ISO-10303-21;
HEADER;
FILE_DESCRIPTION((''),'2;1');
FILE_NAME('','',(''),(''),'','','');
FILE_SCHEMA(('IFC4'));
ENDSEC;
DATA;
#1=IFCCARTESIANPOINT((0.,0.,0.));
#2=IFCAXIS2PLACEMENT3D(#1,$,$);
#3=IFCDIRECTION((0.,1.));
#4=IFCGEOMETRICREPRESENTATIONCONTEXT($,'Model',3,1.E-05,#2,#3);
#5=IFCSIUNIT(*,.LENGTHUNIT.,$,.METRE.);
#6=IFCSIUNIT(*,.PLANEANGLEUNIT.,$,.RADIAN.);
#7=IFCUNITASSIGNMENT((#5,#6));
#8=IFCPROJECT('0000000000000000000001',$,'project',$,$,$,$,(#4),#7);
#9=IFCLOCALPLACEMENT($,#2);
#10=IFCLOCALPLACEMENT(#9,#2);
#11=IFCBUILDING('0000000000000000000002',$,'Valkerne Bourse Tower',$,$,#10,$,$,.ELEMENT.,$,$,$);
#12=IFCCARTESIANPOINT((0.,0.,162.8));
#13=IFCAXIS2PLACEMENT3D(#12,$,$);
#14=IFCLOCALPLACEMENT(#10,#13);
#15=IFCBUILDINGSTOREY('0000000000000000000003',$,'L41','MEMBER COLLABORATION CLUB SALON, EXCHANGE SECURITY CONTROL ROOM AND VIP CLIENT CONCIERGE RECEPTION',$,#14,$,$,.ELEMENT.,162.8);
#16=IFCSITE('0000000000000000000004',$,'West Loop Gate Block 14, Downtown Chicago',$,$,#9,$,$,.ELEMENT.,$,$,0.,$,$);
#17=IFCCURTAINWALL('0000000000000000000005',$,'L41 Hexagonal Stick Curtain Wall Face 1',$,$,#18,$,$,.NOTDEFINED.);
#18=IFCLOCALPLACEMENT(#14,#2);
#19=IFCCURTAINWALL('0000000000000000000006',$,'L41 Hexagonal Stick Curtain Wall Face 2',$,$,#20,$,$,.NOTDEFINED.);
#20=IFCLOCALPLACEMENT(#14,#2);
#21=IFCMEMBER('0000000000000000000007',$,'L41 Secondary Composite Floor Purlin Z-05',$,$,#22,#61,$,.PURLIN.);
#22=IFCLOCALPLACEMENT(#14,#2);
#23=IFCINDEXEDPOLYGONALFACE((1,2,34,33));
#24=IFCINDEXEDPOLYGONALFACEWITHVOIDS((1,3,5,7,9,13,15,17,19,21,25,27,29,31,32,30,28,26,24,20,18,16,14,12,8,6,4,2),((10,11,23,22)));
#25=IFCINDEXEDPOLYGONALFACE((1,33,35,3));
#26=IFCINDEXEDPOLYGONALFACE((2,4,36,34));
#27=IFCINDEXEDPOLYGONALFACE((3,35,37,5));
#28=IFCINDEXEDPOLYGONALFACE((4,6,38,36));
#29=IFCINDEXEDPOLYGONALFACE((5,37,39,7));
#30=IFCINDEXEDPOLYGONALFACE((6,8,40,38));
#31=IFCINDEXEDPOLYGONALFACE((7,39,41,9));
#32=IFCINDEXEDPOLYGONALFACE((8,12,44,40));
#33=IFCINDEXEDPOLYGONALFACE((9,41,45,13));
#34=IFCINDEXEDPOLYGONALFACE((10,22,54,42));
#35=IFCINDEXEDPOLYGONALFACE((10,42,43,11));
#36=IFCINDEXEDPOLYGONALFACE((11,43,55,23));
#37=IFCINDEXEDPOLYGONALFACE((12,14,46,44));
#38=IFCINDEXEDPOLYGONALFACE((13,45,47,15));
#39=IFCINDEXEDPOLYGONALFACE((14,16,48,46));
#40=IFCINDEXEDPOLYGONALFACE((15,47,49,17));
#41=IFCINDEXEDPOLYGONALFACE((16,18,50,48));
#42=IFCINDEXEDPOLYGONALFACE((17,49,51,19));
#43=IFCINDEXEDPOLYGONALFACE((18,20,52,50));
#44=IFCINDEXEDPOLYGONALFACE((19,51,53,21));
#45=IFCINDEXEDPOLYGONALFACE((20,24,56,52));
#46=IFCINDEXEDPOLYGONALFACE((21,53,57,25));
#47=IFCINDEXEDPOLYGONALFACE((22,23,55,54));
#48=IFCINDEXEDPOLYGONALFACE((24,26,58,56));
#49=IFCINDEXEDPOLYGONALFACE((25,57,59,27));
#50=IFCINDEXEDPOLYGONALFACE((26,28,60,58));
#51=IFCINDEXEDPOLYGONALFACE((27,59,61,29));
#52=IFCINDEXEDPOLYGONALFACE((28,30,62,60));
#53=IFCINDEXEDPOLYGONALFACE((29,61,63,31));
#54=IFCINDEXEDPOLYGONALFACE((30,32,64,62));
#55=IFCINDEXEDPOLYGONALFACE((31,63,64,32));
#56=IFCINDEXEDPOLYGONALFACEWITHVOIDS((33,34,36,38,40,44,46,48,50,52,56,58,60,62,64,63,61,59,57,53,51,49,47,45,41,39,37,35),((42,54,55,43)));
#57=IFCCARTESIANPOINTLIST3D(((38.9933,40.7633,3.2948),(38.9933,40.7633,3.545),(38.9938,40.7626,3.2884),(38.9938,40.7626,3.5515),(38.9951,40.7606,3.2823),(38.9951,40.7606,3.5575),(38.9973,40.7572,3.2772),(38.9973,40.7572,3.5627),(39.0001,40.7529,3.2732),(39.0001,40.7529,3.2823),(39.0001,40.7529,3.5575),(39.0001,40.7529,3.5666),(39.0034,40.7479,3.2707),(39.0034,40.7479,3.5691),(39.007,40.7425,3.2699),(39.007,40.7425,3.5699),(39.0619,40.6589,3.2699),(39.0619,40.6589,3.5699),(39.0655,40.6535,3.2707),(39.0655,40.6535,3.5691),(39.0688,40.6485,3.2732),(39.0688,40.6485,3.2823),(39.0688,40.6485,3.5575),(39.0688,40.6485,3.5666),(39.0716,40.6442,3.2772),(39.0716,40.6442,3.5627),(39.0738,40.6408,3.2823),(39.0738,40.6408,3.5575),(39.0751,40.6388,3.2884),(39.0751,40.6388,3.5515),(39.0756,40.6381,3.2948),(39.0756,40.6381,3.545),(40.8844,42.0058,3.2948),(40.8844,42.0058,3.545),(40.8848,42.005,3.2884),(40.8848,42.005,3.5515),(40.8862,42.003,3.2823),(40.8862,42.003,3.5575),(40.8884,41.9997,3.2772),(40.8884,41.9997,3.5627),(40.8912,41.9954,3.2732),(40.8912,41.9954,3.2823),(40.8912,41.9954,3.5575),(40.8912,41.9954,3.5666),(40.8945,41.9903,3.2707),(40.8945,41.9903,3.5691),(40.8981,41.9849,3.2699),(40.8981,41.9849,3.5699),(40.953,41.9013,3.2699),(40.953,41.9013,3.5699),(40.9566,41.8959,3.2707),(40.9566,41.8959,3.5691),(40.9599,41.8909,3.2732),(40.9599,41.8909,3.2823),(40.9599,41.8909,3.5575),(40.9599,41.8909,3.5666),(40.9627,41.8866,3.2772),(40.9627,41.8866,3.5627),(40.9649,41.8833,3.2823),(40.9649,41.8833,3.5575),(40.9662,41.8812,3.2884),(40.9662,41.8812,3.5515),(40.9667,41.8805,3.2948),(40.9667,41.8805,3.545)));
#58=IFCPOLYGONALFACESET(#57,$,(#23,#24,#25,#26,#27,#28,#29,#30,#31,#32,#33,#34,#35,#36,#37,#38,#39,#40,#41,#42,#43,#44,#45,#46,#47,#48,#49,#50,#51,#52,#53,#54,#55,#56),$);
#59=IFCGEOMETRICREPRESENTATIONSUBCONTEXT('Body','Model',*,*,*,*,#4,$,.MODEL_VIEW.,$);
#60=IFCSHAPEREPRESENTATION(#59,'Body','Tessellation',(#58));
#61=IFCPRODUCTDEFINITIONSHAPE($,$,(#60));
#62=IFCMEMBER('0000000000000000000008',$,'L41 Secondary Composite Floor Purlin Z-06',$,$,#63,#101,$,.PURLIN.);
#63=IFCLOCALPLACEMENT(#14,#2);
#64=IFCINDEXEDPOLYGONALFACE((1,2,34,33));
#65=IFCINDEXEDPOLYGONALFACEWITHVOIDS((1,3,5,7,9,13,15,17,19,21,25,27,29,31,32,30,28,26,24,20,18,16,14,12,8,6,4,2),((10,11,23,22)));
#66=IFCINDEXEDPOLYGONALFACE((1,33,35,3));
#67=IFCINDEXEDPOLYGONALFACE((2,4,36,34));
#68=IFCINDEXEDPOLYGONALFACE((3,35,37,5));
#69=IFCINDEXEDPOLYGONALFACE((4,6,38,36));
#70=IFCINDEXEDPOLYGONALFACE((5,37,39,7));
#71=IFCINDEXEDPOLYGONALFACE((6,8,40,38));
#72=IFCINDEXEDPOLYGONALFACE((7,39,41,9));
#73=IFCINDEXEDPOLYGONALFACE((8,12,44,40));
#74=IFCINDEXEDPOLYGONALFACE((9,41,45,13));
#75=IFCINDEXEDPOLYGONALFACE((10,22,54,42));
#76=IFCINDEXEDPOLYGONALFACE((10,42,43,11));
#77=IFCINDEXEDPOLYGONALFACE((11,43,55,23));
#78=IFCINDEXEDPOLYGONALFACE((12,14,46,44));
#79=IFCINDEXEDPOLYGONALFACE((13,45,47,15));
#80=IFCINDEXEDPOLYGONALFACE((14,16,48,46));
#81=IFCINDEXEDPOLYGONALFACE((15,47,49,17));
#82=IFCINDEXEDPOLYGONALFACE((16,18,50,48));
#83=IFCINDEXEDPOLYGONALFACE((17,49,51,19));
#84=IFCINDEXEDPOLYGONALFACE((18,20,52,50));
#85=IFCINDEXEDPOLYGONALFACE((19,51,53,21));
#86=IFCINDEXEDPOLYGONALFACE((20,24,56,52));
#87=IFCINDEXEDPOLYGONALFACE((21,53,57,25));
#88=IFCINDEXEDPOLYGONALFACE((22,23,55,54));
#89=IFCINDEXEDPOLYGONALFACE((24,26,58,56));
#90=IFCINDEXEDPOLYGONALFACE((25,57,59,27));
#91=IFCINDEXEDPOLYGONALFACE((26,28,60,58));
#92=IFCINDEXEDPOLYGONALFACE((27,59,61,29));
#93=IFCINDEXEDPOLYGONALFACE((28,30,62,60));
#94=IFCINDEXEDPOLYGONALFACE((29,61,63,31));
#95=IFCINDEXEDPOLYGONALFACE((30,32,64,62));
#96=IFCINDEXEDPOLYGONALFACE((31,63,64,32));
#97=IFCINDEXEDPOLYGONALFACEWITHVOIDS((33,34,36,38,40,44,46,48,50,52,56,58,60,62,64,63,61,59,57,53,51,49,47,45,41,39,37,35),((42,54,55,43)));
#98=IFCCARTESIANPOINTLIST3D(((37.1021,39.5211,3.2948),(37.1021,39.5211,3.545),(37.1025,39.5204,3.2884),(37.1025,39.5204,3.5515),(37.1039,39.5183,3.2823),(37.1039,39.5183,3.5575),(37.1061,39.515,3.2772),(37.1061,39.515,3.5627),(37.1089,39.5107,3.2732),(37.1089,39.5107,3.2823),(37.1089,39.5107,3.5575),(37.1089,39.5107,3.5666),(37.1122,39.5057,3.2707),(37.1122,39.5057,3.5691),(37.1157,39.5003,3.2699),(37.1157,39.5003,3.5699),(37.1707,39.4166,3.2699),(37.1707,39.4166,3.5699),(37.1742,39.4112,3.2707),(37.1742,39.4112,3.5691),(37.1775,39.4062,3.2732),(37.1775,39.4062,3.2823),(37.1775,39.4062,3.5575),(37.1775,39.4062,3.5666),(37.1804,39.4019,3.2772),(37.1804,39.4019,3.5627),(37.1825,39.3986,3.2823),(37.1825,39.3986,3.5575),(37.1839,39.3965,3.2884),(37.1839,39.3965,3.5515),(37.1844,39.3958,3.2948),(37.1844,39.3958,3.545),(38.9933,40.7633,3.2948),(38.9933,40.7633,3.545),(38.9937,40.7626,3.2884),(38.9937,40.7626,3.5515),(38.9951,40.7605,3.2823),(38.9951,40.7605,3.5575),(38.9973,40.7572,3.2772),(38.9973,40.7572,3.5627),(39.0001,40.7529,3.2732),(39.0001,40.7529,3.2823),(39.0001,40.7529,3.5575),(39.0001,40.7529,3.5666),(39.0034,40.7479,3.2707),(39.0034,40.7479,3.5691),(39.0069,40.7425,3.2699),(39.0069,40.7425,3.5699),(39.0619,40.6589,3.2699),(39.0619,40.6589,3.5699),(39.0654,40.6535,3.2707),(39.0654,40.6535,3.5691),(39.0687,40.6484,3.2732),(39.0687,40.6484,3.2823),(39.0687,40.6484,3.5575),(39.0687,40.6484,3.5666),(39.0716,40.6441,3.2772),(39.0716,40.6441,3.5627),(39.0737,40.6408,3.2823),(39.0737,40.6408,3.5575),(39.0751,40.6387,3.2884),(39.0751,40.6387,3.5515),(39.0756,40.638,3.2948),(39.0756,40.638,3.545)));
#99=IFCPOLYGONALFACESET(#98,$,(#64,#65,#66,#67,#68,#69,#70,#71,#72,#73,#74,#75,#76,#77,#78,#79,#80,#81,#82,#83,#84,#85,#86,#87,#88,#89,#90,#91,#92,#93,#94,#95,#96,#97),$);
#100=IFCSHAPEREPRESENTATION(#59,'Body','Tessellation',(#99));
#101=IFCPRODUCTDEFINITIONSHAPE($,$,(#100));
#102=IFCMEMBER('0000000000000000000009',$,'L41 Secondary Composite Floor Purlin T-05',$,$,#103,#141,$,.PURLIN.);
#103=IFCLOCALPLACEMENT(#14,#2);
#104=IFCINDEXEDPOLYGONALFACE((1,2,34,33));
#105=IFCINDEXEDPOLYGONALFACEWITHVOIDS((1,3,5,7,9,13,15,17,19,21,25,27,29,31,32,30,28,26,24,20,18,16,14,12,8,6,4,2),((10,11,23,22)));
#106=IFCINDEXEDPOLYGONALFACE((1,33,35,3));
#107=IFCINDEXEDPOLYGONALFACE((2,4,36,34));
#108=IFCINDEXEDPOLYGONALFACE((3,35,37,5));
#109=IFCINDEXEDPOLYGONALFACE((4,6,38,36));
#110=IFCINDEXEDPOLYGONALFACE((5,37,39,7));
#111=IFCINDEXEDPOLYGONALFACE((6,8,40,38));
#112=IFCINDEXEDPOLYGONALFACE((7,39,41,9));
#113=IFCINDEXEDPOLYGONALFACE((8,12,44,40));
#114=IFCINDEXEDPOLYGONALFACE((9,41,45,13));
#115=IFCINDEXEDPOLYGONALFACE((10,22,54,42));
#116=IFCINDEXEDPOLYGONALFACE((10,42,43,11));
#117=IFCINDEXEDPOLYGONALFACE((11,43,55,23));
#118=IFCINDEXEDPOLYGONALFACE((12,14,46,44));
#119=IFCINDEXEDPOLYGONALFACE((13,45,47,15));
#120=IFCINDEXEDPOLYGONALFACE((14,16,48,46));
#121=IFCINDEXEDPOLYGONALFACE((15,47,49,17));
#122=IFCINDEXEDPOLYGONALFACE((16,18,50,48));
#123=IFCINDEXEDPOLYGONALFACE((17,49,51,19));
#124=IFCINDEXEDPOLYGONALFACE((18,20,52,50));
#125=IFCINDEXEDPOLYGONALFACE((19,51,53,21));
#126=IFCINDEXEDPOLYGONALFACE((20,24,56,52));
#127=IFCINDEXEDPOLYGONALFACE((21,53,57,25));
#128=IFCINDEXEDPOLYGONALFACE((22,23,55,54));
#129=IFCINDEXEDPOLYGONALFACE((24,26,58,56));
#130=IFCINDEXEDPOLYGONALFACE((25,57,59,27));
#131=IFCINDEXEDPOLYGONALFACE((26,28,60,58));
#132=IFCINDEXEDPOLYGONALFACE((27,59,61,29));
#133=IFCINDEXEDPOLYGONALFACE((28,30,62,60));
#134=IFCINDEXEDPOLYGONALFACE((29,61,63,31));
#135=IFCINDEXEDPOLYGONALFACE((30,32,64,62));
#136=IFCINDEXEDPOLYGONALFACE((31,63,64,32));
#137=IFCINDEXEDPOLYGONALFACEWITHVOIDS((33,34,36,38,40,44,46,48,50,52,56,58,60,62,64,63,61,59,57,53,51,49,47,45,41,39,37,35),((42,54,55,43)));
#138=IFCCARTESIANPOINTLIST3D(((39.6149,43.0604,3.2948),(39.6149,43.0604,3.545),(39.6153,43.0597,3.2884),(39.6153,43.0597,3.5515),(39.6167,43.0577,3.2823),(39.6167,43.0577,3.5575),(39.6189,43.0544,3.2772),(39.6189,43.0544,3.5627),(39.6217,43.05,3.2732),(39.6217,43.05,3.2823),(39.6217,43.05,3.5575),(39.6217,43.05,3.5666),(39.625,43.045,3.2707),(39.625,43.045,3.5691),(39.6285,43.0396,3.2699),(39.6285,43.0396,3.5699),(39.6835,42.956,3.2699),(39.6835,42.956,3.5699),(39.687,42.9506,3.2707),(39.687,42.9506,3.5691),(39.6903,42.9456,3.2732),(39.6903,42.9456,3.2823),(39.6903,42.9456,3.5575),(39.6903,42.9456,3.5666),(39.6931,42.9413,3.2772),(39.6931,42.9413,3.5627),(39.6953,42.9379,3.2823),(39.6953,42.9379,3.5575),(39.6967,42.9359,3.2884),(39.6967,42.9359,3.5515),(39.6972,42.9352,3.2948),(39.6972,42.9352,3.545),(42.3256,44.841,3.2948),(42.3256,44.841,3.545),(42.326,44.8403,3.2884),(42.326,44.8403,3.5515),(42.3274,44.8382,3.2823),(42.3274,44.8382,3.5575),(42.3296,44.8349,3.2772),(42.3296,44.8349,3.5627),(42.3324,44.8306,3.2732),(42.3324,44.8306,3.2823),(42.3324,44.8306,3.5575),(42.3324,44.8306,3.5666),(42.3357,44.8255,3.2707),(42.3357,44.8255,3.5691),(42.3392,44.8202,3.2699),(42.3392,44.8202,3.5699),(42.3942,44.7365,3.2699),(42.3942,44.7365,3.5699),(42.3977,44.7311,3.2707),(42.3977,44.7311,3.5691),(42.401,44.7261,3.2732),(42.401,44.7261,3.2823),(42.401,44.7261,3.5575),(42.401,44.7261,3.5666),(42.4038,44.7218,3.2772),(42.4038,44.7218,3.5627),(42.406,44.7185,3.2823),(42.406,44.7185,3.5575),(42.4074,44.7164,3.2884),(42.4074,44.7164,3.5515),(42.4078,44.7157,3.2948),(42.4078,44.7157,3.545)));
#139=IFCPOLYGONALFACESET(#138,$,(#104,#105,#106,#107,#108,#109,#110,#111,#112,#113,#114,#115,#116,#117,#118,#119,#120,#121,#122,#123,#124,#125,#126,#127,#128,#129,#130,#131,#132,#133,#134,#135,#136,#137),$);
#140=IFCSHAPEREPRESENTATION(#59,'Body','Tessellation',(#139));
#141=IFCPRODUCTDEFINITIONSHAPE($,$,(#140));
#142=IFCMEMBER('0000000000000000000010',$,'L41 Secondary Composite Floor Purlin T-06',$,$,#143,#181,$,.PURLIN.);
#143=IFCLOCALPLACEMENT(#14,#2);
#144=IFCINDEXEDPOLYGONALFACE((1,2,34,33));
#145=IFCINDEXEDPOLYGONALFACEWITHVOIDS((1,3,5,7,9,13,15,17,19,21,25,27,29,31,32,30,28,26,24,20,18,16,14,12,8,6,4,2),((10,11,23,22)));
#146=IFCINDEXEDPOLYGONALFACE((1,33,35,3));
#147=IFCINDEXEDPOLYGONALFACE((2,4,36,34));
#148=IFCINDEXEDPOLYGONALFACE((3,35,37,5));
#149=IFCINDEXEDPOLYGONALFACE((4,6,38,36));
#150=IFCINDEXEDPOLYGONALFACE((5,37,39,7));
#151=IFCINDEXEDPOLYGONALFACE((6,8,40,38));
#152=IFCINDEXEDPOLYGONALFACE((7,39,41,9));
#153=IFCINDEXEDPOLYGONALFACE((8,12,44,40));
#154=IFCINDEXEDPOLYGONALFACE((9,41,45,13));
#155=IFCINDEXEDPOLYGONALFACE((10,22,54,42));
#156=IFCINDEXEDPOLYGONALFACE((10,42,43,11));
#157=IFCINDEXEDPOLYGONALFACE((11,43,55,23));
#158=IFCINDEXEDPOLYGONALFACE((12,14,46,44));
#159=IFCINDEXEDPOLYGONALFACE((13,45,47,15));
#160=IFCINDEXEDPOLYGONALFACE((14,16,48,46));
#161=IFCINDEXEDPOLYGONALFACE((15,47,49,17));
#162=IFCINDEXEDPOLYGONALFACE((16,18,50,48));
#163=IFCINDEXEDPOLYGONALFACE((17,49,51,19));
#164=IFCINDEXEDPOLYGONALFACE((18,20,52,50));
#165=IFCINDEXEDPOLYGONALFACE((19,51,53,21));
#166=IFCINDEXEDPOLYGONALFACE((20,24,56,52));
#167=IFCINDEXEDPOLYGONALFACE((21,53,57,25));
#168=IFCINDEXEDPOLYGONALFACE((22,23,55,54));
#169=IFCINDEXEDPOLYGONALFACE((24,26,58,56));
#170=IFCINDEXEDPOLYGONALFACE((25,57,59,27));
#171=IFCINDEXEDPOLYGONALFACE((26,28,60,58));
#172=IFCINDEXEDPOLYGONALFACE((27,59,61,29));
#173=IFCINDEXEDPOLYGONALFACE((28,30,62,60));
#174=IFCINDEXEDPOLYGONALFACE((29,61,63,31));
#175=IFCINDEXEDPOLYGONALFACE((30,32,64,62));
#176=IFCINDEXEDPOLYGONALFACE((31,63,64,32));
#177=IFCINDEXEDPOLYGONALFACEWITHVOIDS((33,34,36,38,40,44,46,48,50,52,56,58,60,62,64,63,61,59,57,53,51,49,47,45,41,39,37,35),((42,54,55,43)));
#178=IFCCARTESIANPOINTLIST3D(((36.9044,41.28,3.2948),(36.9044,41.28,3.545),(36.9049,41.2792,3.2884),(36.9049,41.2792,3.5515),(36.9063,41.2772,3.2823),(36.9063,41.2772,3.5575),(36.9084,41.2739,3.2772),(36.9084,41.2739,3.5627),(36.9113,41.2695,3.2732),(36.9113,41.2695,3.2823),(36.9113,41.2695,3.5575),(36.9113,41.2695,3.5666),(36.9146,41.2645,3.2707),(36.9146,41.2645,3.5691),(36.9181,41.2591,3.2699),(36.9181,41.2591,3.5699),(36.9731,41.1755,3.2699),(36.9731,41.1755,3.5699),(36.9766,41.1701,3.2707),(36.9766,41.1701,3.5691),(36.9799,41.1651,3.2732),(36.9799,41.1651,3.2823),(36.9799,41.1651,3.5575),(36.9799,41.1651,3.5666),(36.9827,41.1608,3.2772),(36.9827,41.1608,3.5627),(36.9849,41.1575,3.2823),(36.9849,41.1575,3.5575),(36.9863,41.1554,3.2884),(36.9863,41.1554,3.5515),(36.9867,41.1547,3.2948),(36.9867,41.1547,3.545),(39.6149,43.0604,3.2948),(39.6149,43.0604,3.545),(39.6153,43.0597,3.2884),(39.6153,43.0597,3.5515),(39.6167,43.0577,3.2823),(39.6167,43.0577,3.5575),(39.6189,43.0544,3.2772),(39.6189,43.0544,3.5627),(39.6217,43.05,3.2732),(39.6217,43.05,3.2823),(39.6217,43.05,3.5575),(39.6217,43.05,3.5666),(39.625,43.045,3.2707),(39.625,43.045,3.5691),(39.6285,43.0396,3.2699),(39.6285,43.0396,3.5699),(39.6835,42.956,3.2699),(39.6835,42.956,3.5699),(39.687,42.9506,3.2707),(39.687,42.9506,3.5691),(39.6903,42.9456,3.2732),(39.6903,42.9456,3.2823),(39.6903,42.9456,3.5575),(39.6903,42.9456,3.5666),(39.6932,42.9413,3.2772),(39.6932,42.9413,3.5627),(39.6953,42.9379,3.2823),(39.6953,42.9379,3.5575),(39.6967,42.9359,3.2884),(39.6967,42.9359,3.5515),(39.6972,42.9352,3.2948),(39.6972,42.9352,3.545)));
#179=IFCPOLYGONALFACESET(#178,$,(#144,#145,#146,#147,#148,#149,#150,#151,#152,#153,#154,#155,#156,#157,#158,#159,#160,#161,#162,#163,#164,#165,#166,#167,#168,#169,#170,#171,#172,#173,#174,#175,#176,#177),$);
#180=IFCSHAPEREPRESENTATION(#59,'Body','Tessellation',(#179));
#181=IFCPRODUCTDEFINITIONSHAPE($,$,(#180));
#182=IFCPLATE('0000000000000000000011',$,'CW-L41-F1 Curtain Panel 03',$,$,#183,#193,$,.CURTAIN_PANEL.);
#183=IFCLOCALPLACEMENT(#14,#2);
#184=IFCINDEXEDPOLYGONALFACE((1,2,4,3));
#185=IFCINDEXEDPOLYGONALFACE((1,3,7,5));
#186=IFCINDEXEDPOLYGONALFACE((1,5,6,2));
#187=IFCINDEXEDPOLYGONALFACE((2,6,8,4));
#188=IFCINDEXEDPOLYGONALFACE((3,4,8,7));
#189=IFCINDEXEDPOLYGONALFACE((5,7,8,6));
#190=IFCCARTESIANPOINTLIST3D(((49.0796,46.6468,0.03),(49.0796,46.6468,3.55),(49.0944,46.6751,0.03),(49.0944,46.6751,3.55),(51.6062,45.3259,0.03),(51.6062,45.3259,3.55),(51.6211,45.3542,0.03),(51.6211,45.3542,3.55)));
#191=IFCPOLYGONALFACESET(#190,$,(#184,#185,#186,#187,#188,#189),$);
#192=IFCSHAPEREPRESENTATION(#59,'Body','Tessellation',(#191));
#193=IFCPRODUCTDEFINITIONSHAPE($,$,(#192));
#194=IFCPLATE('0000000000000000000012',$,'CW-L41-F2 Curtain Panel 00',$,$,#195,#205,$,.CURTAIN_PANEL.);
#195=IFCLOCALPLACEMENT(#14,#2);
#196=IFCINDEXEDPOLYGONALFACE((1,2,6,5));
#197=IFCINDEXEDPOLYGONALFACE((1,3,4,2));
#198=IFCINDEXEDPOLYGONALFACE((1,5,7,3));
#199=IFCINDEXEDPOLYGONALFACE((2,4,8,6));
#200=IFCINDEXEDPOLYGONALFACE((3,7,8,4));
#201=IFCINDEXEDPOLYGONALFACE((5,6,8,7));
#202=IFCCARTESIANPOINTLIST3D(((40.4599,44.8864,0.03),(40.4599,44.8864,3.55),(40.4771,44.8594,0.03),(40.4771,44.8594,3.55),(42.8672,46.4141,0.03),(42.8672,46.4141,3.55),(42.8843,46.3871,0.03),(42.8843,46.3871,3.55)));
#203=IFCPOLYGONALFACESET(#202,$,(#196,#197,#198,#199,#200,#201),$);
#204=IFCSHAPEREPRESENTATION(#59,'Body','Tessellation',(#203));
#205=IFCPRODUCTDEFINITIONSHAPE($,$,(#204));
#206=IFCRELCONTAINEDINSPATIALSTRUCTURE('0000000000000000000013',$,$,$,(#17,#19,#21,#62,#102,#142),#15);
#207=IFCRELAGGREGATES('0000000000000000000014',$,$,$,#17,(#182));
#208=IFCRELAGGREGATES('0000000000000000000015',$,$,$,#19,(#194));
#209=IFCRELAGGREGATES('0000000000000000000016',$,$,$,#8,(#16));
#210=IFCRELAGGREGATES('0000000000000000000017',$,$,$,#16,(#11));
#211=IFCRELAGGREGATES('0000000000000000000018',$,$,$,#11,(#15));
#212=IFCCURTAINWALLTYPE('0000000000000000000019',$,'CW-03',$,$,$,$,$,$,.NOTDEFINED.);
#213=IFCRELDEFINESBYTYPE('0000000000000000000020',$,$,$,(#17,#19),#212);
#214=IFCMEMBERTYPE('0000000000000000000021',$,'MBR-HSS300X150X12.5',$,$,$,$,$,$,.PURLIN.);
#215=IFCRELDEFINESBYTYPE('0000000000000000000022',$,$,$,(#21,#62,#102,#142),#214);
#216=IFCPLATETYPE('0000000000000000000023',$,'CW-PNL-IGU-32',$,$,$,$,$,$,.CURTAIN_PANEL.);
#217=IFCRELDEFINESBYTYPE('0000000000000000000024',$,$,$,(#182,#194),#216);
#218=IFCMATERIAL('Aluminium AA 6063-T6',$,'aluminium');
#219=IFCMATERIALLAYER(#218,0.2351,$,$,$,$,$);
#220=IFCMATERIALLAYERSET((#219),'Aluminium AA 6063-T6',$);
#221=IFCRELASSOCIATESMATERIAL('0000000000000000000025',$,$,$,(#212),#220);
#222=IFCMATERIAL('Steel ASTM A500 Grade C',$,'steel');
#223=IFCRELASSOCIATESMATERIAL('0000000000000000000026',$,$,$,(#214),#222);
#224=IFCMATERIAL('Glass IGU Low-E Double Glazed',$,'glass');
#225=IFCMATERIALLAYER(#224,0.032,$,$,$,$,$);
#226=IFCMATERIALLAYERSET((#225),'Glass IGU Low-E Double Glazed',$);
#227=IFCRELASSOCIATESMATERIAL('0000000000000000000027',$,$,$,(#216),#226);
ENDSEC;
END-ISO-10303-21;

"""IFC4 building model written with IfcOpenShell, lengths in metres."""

from ifc_helpers import new_model, si_unit, direction, frame, origin, origin_2d, place, context, subcontext, project, spatial, rectangle, hollow_rectangle, extrude, material, layer, layer_set, material_profile, profile_set, type_object, element, aggregate, save


model = new_model("IFC4")

# Units and contexts
model_context = context("Model", 3, precision=1e-05, world=origin(), true_north=direction((0.0, 1.0)))
body_context = subcontext(model_context, "Body", "Model", "MODEL_VIEW")
ifc_project = project(units=[si_unit("LENGTHUNIT", "METRE"), si_unit("PLANEANGLEUNIT", "RADIAN")], contexts=[model_context])

# Site, building, storey
site_placement = place(None, origin())
site = spatial("IfcSite", under=ifc_project, at=site_placement, Name="West Loop Gate Block 14, Downtown Chicago", CompositionType="ELEMENT", RefElevation=0.0)
building_placement = place(site_placement, origin())
building = spatial("IfcBuilding", under=site, at=building_placement, Name="Valkerne Bourse Tower", CompositionType="ELEMENT")
storey_placement = place(building_placement, frame((0.0, 0.0, 162.8)))
storey = spatial("IfcBuildingStorey", under=building, at=storey_placement, Name="L41", Description="MEMBER COLLABORATION CLUB SALON, EXCHANGE SECURITY CONTROL ROOM AND VIP CLIENT CONCIERGE RECEPTION", CompositionType="ELEMENT", Elevation=162.8)

# Curtain wall
ifc_material_1 = material(Name="Aluminium AA 6063-T6", Category="aluminium")
ifc_layer_1 = layer(ifc_material_1, 0.2351)
ifc_layer_set_1 = layer_set([ifc_layer_1], Name="Aluminium AA 6063-T6")
curtain_wall_type = type_object("IfcCurtainWallType", Name="CW-03", PredefinedType="NOTDEFINED", material=ifc_layer_set_1)
curtain_wall_1_placement = place(storey_placement, origin())
curtain_wall_1 = element("IfcCurtainWall", 1, at=curtain_wall_1_placement, inside=storey, type_object=curtain_wall_type, Name="L41 Hexagonal Stick Curtain Wall Face 1", PredefinedType="NOTDEFINED")

# Curtain wall
curtain_wall_2_placement = place(storey_placement, origin())
curtain_wall_2 = element("IfcCurtainWall", 2, at=curtain_wall_2_placement, inside=storey, type_object=curtain_wall_type, Name="L41 Hexagonal Stick Curtain Wall Face 2", PredefinedType="NOTDEFINED")

# Members
ifc_material_2 = material(Name="Steel ASTM A500 Grade C", Category="steel")
ifc_material_profile_1 = material_profile(ifc_material_2, hollow_rectangle(XDim=0.1499, YDim=0.3, WallThickness=0.0125, OuterFilletRadius=0.0249, at=origin_2d()), Name="HSS300X150X12.5")
ifc_profile_set_1 = profile_set([ifc_material_profile_1], Name="Steel ASTM A500 Grade C")
member_type_1 = type_object("IfcMemberType", Name="MBR-HSS300X150X12.5", PredefinedType="PURLIN", material=ifc_profile_set_1)
for number, where, z_axis, x_axis, name in (
    (3, (40.9255, 41.9431, 3.4199), (-0.835766, -0.549085, 0.0), (0.549085, -0.835766, 0.0), "L41 Secondary Composite Floor Purlin Z-05"),
    (4, (39.0344, 40.7007, 3.4199), (-0.835816, -0.54901, 0.0), (0.54901, -0.835816, 0.0), "L41 Secondary Composite Floor Purlin Z-06"),
):
    element("IfcMember", number, at=place(storey_placement, frame(where, z_axis=z_axis, x_axis=x_axis)), inside=storey, type_object=member_type_1, Name=name, PredefinedType="PURLIN", context=body_context, shape_type="SweptSolid", body=[
        extrude(hollow_rectangle(XDim=0.1499, YDim=0.3, WallThickness=0.0125, OuterFilletRadius=0.0249, at=origin_2d()), origin(), (0.0, 0.0, 1.0), 2.2627),
    ])
member_1_placement = place(storey_placement, frame((42.3667, 44.7783, 3.4199), z_axis=(-0.835818, -0.549007, 0.0), x_axis=(0.549007, -0.835818, 0.0)))
element("IfcMember", 5, at=member_1_placement, inside=storey, type_object=member_type_1, Name="L41 Secondary Composite Floor Purlin T-05", PredefinedType="PURLIN", context=body_context, shape_type="SweptSolid", body=[
    extrude(hollow_rectangle(XDim=0.1499, YDim=0.3, WallThickness=0.0125, OuterFilletRadius=0.0249, at=origin_2d()), origin(), (0.0, 0.0, 1.0), 3.2432),
])
member_2_placement = place(storey_placement, frame((39.656, 42.9978, 3.4199), z_axis=(-0.835795, -0.549041, 0.0), x_axis=(0.549041, -0.835795, 0.0)))
element("IfcMember", 6, at=member_2_placement, inside=storey, type_object=member_type_1, Name="L41 Secondary Composite Floor Purlin T-06", PredefinedType="PURLIN", context=body_context, shape_type="SweptSolid", body=[
    extrude(hollow_rectangle(XDim=0.1499, YDim=0.3, WallThickness=0.0125, OuterFilletRadius=0.0249, at=origin_2d()), origin(), (0.0, 0.0, 1.0), 3.2429),
])

# Plates
ifc_material_3 = material(Name="Glass IGU Low-E Double Glazed", Category="glass")
ifc_layer_2 = layer(ifc_material_3, 0.032)
ifc_layer_set_2 = layer_set([ifc_layer_2], Name="Glass IGU Low-E Double Glazed")
plate_type = type_object("IfcPlateType", Name="CW-PNL-IGU-32", PredefinedType="CURTAIN_PANEL", material=ifc_layer_set_2)
plate_1_placement = place(storey_placement, frame((50.3503, 46.0005, 0.03), z_axis=(0.0, 0.0, 1.0), x_axis=(-0.886204, 0.463295, 0.0)))
plate_1 = element("IfcPlate", 7, at=plate_1_placement, type_object=plate_type, Name="CW-L41-F1 Curtain Panel 03", PredefinedType="CURTAIN_PANEL", context=body_context, shape_type="SweptSolid", body=[
    extrude(rectangle(XDim=2.8511, YDim=0.032, at=origin_2d()), origin(), (0.0, 0.0, 1.0), 3.52),
])
aggregate(curtain_wall_1, [plate_1])
plate_2_placement = place(storey_placement, frame((41.6721, 45.6367, 0.03), z_axis=(0.0, 0.0, 1.0), x_axis=(-0.844331, -0.535822, 0.0)))
plate_2 = element("IfcPlate", 8, at=plate_2_placement, type_object=plate_type, Name="CW-L41-F2 Curtain Panel 00", PredefinedType="CURTAIN_PANEL", context=body_context, shape_type="SweptSolid", body=[
    extrude(rectangle(XDim=2.8511, YDim=0.032, at=origin_2d()), origin(), (0.0, 0.0, 1.0), 3.52),
])
aggregate(curtain_wall_2, [plate_2])

save(model, "model.ifc")
